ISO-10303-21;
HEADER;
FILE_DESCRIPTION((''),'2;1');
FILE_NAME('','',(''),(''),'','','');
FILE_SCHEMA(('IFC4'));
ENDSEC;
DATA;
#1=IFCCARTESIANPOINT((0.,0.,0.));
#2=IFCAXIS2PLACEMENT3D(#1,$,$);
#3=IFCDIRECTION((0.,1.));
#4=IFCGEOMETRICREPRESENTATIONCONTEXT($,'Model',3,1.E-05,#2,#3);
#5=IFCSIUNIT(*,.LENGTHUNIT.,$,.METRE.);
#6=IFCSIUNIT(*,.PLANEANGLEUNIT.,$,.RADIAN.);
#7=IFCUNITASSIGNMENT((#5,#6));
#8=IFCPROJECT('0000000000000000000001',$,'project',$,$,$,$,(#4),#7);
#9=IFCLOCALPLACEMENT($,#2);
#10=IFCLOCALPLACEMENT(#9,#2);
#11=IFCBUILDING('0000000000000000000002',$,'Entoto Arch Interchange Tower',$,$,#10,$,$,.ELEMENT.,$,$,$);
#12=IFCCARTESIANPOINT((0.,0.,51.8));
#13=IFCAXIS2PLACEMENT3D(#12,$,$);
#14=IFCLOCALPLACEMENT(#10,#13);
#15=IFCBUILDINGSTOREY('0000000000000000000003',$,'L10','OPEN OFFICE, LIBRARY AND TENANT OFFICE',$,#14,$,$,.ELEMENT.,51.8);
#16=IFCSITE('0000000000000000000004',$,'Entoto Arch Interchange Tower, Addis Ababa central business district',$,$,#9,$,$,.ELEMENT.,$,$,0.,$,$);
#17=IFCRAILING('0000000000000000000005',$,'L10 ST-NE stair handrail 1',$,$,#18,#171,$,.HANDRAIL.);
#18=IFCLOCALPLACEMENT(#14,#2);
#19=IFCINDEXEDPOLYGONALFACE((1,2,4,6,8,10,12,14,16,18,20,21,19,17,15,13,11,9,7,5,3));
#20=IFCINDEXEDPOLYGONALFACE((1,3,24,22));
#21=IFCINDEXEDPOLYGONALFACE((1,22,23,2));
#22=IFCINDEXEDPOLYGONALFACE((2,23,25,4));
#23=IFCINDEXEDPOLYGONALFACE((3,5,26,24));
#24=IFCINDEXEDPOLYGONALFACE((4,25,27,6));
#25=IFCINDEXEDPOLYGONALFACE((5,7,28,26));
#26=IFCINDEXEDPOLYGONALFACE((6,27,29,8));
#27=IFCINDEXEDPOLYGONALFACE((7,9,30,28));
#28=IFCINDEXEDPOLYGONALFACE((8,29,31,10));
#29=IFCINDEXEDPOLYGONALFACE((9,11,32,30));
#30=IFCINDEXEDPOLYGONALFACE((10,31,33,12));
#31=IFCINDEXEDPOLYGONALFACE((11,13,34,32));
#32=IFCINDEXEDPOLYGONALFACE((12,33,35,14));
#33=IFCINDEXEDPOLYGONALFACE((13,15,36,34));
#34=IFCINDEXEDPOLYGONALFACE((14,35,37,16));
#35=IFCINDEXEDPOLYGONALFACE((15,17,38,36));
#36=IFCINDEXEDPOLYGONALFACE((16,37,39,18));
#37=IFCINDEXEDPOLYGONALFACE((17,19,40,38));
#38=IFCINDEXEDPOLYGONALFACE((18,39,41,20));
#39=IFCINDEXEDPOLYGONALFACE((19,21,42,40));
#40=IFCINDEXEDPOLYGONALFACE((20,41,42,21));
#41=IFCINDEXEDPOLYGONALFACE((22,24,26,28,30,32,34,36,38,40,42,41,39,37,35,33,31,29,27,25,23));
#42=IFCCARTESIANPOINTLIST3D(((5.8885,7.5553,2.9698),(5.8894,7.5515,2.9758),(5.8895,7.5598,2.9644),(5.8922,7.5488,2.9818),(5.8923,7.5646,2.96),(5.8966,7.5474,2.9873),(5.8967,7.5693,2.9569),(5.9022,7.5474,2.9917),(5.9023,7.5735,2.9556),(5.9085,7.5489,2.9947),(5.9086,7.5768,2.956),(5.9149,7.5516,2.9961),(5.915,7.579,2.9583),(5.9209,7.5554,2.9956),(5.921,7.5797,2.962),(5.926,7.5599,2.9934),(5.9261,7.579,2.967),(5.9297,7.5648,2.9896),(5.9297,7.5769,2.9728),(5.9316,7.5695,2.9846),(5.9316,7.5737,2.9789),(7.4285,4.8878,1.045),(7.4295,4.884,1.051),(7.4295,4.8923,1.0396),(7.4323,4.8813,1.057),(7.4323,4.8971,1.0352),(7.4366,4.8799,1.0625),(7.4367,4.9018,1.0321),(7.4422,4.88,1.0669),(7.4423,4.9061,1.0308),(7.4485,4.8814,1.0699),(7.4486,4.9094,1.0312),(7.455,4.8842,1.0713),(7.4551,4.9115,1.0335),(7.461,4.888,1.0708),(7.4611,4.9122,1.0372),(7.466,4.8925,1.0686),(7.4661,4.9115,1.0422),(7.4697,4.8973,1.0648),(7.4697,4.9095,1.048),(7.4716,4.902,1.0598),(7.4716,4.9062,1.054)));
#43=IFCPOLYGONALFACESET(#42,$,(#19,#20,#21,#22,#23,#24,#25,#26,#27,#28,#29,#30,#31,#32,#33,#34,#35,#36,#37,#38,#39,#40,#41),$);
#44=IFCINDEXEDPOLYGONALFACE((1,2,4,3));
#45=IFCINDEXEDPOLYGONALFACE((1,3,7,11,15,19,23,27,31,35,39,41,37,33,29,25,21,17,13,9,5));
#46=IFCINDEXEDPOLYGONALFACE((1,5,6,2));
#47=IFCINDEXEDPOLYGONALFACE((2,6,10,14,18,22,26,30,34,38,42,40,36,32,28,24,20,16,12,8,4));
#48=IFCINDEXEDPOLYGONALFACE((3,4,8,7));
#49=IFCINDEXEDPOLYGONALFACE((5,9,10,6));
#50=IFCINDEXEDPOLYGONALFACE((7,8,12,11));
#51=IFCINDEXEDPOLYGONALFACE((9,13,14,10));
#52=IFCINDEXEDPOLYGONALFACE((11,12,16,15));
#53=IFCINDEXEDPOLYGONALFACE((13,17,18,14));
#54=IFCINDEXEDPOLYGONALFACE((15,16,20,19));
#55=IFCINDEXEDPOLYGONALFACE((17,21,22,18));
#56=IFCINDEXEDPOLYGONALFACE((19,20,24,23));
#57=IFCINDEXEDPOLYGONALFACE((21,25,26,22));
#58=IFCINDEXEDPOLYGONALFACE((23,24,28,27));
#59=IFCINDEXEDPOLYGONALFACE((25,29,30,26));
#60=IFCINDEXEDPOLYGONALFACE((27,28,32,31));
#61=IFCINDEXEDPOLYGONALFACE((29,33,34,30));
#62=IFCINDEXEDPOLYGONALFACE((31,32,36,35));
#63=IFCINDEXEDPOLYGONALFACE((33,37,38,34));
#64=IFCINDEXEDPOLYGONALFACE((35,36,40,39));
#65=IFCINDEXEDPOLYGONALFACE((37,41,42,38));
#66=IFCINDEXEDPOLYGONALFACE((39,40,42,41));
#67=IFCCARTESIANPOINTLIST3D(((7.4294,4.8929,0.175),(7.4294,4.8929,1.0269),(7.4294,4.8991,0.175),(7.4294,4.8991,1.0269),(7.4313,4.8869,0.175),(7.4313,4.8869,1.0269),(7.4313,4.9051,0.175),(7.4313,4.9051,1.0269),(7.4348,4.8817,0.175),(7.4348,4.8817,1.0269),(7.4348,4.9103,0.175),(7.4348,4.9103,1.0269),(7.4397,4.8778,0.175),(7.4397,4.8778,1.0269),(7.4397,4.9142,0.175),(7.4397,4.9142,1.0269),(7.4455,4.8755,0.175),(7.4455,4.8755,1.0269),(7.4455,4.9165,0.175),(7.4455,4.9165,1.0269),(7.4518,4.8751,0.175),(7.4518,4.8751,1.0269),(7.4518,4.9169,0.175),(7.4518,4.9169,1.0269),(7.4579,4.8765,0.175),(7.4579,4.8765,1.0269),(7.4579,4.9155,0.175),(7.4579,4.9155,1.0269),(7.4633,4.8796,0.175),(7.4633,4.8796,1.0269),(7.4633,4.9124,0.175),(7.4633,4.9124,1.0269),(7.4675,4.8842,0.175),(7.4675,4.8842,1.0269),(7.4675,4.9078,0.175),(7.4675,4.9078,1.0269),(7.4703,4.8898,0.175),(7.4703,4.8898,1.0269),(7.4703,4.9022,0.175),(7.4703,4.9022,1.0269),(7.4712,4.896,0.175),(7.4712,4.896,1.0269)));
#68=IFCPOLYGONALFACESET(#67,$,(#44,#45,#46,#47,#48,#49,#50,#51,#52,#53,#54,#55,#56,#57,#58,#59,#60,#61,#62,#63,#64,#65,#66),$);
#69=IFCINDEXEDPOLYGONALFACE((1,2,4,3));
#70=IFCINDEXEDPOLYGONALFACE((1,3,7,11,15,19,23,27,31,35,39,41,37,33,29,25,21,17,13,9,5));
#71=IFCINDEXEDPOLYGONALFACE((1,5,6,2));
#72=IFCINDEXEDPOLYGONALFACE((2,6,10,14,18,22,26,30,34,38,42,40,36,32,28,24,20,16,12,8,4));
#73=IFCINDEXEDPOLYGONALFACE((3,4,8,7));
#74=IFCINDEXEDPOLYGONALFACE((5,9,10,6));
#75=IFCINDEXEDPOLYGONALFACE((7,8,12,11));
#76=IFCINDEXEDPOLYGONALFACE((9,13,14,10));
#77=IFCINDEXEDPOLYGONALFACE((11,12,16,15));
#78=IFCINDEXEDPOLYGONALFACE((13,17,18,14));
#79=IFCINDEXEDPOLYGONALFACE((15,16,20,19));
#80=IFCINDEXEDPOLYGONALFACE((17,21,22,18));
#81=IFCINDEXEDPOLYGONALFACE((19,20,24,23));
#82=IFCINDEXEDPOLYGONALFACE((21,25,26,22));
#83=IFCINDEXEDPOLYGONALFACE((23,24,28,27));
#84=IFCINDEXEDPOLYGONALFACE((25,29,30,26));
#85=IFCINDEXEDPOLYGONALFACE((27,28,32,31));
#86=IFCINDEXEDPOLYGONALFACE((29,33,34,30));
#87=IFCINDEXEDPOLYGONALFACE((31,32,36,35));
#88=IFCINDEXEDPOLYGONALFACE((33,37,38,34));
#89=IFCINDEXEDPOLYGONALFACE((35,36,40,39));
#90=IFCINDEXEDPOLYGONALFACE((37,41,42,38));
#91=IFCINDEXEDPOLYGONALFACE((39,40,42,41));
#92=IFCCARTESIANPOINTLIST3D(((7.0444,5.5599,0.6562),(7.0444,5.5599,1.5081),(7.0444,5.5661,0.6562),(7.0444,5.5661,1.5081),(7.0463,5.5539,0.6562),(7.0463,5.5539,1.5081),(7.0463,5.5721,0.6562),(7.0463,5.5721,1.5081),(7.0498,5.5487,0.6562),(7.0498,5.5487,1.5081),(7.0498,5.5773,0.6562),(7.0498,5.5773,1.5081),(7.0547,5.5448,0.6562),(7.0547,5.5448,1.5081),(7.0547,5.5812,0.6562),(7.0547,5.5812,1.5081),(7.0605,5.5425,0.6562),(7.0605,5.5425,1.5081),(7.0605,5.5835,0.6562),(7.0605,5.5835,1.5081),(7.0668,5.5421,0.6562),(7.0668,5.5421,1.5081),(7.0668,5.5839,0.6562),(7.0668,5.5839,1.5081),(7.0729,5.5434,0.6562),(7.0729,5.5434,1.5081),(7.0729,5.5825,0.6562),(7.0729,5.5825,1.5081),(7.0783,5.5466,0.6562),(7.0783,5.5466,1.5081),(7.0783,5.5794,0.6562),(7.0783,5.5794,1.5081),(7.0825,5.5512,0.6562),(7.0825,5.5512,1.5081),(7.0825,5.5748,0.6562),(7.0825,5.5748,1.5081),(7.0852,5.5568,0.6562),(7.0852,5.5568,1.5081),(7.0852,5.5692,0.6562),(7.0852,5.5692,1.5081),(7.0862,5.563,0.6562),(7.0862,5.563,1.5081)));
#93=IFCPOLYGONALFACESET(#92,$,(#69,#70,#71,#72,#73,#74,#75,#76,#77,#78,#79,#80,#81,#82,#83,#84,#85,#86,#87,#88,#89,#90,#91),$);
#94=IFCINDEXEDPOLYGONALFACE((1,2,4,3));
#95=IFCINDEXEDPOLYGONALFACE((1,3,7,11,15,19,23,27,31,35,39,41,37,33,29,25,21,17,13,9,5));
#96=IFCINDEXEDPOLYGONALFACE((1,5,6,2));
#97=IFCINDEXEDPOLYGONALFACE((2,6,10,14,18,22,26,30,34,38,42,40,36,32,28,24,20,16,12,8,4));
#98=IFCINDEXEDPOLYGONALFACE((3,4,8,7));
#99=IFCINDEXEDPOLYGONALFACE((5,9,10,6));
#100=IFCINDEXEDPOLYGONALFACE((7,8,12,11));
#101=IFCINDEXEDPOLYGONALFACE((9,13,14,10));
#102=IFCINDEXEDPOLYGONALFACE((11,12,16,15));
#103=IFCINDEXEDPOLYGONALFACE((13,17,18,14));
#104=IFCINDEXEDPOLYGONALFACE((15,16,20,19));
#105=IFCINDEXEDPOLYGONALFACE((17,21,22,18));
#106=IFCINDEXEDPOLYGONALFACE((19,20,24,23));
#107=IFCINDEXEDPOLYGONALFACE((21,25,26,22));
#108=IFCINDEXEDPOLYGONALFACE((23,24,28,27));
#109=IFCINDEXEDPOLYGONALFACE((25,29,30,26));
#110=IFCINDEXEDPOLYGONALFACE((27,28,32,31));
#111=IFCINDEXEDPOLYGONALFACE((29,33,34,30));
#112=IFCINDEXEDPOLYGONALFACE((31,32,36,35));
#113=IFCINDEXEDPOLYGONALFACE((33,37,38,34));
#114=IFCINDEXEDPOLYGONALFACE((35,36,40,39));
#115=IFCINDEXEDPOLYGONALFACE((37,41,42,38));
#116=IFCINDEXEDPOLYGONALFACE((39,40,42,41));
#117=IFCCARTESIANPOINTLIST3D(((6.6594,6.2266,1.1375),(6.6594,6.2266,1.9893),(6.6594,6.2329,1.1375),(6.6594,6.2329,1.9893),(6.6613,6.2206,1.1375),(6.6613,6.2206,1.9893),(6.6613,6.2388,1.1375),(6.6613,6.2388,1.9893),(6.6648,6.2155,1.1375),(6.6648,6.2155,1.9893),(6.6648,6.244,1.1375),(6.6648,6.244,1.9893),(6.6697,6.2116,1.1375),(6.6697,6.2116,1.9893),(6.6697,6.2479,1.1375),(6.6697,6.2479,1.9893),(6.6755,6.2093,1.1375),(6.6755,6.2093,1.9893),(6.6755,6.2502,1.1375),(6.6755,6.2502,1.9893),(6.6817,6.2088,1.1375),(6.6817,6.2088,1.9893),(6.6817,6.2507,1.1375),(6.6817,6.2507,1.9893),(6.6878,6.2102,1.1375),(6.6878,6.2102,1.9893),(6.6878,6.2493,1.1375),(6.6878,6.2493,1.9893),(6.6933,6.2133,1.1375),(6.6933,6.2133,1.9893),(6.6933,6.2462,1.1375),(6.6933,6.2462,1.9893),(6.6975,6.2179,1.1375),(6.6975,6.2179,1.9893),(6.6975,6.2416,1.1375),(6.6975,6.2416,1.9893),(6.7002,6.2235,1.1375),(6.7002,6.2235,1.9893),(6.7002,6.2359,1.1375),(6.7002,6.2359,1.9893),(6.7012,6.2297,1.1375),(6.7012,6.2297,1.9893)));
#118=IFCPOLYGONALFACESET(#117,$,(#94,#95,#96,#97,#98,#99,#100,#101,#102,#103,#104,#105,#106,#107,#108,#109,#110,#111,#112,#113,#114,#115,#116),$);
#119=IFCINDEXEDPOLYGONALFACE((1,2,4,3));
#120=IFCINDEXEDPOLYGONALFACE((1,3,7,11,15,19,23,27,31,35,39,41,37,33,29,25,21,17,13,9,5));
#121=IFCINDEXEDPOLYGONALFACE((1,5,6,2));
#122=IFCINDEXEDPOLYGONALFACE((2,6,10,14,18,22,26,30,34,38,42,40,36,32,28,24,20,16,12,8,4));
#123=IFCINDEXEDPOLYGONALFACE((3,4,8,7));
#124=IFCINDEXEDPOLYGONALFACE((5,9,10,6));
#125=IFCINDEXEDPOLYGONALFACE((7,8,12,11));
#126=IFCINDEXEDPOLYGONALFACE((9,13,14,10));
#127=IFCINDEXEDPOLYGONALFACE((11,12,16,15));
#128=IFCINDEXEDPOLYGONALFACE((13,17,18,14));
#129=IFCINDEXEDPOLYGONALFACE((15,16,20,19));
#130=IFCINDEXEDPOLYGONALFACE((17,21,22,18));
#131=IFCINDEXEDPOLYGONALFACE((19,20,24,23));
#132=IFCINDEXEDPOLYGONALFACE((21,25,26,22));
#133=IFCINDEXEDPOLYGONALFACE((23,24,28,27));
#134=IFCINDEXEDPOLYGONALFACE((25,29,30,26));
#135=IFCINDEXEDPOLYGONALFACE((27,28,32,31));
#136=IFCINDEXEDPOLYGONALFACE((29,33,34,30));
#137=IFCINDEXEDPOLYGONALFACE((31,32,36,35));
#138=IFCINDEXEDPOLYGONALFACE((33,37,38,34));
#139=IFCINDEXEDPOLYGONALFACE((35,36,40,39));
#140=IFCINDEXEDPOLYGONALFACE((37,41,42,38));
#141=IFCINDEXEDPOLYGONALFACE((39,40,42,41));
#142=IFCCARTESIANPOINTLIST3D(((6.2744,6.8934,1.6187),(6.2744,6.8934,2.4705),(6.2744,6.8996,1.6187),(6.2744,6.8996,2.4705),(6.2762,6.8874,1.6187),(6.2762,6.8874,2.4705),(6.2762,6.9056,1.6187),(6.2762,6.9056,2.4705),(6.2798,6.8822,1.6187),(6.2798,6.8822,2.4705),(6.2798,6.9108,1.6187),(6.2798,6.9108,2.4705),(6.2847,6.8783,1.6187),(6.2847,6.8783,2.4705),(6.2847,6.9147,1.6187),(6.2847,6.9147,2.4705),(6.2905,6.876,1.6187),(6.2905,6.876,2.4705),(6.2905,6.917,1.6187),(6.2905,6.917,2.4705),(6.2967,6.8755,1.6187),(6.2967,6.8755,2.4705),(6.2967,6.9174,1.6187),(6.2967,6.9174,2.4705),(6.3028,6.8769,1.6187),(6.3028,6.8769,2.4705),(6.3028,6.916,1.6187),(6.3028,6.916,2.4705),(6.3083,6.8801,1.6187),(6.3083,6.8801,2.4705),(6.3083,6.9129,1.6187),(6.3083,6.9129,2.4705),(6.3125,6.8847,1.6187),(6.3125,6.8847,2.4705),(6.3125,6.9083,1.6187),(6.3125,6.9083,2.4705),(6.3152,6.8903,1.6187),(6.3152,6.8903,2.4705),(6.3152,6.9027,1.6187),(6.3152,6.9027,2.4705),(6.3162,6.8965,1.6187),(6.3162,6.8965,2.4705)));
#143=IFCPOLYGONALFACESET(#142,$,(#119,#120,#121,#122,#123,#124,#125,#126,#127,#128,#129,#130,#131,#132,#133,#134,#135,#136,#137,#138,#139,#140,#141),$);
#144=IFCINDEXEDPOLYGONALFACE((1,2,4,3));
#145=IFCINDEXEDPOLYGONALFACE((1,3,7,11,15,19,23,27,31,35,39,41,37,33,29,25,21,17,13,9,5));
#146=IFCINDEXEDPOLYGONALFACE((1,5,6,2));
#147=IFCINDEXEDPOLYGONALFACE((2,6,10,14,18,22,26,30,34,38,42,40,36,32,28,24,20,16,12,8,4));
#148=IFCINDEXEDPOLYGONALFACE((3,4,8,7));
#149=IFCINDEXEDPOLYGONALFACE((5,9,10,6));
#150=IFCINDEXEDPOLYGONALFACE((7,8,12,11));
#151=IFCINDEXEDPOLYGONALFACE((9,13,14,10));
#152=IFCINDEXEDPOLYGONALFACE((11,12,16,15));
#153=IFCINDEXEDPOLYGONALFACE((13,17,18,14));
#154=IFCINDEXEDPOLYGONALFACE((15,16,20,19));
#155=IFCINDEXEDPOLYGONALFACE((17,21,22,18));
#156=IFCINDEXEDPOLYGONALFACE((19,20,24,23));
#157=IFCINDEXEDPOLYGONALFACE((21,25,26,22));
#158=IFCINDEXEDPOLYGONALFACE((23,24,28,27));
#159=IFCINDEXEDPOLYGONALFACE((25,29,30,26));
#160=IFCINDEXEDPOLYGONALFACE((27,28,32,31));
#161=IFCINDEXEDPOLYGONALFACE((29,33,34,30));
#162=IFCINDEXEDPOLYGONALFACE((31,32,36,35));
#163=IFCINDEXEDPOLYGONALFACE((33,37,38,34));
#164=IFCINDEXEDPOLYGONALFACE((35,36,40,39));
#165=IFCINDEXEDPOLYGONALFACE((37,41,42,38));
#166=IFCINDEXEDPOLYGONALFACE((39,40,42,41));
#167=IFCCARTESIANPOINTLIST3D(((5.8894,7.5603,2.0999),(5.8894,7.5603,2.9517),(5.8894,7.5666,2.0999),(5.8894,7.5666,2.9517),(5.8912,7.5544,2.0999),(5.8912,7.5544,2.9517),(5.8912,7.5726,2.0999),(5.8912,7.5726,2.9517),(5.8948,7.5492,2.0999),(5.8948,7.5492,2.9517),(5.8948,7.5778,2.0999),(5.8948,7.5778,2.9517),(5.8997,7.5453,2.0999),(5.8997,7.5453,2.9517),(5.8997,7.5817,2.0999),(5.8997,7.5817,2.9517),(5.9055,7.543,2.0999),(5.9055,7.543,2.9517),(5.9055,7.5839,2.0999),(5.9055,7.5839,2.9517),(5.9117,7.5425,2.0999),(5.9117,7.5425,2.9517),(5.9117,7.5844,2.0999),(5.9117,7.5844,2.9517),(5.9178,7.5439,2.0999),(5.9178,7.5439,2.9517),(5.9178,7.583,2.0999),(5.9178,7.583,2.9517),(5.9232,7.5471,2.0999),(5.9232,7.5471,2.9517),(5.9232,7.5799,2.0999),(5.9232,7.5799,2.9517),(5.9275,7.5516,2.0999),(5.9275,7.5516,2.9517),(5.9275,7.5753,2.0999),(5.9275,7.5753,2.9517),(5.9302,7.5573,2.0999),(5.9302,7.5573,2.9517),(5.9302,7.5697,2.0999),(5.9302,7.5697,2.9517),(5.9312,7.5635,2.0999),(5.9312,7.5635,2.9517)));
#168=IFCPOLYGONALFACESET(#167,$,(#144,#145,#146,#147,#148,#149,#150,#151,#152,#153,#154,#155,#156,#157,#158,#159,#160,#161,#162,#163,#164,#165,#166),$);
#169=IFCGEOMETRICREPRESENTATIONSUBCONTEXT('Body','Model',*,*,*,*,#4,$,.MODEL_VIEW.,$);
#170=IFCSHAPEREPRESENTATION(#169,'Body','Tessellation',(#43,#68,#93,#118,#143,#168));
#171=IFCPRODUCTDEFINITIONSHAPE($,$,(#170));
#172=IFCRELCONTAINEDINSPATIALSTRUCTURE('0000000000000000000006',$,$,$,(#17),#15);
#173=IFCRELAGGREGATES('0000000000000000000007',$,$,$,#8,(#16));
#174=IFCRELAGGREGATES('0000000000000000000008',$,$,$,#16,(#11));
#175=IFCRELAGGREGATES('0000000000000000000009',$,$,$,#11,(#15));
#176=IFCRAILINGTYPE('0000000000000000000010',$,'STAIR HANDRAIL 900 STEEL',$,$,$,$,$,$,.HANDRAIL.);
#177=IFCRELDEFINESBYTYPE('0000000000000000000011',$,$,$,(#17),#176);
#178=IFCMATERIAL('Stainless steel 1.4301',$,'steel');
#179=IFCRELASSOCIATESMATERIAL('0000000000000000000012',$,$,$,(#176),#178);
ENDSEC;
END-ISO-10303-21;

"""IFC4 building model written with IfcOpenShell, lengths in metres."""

from ifc_helpers import new_model, si_unit, direction, frame, origin, origin_2d, place, context, subcontext, project, spatial, circle, extrude, material, type_object, element, save


model = new_model("IFC4")

# Units and contexts
model_context = context("Model", 3, precision=1e-05, world=origin(), true_north=direction((0.0, 1.0)))
body_context = subcontext(model_context, "Body", "Model", "MODEL_VIEW")
ifc_project = project(units=[si_unit("LENGTHUNIT", "METRE"), si_unit("PLANEANGLEUNIT", "RADIAN")], contexts=[model_context])

# Site, building, storey
site_placement = place(None, origin())
site = spatial("IfcSite", under=ifc_project, at=site_placement, Name="Entoto Arch Interchange Tower, Addis Ababa central business district", CompositionType="ELEMENT", RefElevation=0.0)
building_placement = place(site_placement, origin())
building = spatial("IfcBuilding", under=site, at=building_placement, Name="Entoto Arch Interchange Tower", CompositionType="ELEMENT")
storey_placement = place(building_placement, frame((0.0, 0.0, 51.8)))
storey = spatial("IfcBuildingStorey", under=building, at=storey_placement, Name="L10", Description="OPEN OFFICE, LIBRARY AND TENANT OFFICE", CompositionType="ELEMENT", Elevation=51.8)

# Railing
ifc_material_1 = material(Name="Stainless steel 1.4301", Category="steel")
railing_type_1 = type_object("IfcRailingType", Name="STAIR HANDRAIL 900 STEEL", PredefinedType="HANDRAIL", material=ifc_material_1)
railing_1_placement = place(storey_placement, frame((7.4502, 4.896, 0.175)))
element("IfcRailing", 1, at=railing_1_placement, inside=storey, type_object=railing_type_1, Name="L10 ST-NE stair handrail 1", PredefinedType="HANDRAIL", context=body_context, shape_type="SweptSolid", body=[
    extrude(circle(Radius=0.0239, at=origin_2d()), frame((0.0, 0.0, 0.876), z_axis=(-0.42401, 0.734421, 0.529945), x_axis=(-0.86603, -0.499992, 0.0)), (0.0, 0.0, 1.0), 3.6321),
    extrude(circle(Radius=0.021, at=origin_2d()), origin(), (0.0, 0.0, 1.0), 0.8518),
    extrude(circle(Radius=0.021, at=origin_2d()), frame((-0.385, 0.667, 0.4812)), (0.0, 0.0, 1.0), 0.8518),
    extrude(circle(Radius=0.021, at=origin_2d()), frame((-0.77, 1.3337, 0.9624)), (0.0, 0.0, 1.0), 0.8518),
    extrude(circle(Radius=0.021, at=origin_2d()), frame((-1.155, 2.0005, 1.4436)), (0.0, 0.0, 1.0), 0.8518),
    extrude(circle(Radius=0.021, at=origin_2d()), frame((-1.54, 2.6675, 1.9248)), (0.0, 0.0, 1.0), 0.8518),
])

save(model, "model.ifc")
